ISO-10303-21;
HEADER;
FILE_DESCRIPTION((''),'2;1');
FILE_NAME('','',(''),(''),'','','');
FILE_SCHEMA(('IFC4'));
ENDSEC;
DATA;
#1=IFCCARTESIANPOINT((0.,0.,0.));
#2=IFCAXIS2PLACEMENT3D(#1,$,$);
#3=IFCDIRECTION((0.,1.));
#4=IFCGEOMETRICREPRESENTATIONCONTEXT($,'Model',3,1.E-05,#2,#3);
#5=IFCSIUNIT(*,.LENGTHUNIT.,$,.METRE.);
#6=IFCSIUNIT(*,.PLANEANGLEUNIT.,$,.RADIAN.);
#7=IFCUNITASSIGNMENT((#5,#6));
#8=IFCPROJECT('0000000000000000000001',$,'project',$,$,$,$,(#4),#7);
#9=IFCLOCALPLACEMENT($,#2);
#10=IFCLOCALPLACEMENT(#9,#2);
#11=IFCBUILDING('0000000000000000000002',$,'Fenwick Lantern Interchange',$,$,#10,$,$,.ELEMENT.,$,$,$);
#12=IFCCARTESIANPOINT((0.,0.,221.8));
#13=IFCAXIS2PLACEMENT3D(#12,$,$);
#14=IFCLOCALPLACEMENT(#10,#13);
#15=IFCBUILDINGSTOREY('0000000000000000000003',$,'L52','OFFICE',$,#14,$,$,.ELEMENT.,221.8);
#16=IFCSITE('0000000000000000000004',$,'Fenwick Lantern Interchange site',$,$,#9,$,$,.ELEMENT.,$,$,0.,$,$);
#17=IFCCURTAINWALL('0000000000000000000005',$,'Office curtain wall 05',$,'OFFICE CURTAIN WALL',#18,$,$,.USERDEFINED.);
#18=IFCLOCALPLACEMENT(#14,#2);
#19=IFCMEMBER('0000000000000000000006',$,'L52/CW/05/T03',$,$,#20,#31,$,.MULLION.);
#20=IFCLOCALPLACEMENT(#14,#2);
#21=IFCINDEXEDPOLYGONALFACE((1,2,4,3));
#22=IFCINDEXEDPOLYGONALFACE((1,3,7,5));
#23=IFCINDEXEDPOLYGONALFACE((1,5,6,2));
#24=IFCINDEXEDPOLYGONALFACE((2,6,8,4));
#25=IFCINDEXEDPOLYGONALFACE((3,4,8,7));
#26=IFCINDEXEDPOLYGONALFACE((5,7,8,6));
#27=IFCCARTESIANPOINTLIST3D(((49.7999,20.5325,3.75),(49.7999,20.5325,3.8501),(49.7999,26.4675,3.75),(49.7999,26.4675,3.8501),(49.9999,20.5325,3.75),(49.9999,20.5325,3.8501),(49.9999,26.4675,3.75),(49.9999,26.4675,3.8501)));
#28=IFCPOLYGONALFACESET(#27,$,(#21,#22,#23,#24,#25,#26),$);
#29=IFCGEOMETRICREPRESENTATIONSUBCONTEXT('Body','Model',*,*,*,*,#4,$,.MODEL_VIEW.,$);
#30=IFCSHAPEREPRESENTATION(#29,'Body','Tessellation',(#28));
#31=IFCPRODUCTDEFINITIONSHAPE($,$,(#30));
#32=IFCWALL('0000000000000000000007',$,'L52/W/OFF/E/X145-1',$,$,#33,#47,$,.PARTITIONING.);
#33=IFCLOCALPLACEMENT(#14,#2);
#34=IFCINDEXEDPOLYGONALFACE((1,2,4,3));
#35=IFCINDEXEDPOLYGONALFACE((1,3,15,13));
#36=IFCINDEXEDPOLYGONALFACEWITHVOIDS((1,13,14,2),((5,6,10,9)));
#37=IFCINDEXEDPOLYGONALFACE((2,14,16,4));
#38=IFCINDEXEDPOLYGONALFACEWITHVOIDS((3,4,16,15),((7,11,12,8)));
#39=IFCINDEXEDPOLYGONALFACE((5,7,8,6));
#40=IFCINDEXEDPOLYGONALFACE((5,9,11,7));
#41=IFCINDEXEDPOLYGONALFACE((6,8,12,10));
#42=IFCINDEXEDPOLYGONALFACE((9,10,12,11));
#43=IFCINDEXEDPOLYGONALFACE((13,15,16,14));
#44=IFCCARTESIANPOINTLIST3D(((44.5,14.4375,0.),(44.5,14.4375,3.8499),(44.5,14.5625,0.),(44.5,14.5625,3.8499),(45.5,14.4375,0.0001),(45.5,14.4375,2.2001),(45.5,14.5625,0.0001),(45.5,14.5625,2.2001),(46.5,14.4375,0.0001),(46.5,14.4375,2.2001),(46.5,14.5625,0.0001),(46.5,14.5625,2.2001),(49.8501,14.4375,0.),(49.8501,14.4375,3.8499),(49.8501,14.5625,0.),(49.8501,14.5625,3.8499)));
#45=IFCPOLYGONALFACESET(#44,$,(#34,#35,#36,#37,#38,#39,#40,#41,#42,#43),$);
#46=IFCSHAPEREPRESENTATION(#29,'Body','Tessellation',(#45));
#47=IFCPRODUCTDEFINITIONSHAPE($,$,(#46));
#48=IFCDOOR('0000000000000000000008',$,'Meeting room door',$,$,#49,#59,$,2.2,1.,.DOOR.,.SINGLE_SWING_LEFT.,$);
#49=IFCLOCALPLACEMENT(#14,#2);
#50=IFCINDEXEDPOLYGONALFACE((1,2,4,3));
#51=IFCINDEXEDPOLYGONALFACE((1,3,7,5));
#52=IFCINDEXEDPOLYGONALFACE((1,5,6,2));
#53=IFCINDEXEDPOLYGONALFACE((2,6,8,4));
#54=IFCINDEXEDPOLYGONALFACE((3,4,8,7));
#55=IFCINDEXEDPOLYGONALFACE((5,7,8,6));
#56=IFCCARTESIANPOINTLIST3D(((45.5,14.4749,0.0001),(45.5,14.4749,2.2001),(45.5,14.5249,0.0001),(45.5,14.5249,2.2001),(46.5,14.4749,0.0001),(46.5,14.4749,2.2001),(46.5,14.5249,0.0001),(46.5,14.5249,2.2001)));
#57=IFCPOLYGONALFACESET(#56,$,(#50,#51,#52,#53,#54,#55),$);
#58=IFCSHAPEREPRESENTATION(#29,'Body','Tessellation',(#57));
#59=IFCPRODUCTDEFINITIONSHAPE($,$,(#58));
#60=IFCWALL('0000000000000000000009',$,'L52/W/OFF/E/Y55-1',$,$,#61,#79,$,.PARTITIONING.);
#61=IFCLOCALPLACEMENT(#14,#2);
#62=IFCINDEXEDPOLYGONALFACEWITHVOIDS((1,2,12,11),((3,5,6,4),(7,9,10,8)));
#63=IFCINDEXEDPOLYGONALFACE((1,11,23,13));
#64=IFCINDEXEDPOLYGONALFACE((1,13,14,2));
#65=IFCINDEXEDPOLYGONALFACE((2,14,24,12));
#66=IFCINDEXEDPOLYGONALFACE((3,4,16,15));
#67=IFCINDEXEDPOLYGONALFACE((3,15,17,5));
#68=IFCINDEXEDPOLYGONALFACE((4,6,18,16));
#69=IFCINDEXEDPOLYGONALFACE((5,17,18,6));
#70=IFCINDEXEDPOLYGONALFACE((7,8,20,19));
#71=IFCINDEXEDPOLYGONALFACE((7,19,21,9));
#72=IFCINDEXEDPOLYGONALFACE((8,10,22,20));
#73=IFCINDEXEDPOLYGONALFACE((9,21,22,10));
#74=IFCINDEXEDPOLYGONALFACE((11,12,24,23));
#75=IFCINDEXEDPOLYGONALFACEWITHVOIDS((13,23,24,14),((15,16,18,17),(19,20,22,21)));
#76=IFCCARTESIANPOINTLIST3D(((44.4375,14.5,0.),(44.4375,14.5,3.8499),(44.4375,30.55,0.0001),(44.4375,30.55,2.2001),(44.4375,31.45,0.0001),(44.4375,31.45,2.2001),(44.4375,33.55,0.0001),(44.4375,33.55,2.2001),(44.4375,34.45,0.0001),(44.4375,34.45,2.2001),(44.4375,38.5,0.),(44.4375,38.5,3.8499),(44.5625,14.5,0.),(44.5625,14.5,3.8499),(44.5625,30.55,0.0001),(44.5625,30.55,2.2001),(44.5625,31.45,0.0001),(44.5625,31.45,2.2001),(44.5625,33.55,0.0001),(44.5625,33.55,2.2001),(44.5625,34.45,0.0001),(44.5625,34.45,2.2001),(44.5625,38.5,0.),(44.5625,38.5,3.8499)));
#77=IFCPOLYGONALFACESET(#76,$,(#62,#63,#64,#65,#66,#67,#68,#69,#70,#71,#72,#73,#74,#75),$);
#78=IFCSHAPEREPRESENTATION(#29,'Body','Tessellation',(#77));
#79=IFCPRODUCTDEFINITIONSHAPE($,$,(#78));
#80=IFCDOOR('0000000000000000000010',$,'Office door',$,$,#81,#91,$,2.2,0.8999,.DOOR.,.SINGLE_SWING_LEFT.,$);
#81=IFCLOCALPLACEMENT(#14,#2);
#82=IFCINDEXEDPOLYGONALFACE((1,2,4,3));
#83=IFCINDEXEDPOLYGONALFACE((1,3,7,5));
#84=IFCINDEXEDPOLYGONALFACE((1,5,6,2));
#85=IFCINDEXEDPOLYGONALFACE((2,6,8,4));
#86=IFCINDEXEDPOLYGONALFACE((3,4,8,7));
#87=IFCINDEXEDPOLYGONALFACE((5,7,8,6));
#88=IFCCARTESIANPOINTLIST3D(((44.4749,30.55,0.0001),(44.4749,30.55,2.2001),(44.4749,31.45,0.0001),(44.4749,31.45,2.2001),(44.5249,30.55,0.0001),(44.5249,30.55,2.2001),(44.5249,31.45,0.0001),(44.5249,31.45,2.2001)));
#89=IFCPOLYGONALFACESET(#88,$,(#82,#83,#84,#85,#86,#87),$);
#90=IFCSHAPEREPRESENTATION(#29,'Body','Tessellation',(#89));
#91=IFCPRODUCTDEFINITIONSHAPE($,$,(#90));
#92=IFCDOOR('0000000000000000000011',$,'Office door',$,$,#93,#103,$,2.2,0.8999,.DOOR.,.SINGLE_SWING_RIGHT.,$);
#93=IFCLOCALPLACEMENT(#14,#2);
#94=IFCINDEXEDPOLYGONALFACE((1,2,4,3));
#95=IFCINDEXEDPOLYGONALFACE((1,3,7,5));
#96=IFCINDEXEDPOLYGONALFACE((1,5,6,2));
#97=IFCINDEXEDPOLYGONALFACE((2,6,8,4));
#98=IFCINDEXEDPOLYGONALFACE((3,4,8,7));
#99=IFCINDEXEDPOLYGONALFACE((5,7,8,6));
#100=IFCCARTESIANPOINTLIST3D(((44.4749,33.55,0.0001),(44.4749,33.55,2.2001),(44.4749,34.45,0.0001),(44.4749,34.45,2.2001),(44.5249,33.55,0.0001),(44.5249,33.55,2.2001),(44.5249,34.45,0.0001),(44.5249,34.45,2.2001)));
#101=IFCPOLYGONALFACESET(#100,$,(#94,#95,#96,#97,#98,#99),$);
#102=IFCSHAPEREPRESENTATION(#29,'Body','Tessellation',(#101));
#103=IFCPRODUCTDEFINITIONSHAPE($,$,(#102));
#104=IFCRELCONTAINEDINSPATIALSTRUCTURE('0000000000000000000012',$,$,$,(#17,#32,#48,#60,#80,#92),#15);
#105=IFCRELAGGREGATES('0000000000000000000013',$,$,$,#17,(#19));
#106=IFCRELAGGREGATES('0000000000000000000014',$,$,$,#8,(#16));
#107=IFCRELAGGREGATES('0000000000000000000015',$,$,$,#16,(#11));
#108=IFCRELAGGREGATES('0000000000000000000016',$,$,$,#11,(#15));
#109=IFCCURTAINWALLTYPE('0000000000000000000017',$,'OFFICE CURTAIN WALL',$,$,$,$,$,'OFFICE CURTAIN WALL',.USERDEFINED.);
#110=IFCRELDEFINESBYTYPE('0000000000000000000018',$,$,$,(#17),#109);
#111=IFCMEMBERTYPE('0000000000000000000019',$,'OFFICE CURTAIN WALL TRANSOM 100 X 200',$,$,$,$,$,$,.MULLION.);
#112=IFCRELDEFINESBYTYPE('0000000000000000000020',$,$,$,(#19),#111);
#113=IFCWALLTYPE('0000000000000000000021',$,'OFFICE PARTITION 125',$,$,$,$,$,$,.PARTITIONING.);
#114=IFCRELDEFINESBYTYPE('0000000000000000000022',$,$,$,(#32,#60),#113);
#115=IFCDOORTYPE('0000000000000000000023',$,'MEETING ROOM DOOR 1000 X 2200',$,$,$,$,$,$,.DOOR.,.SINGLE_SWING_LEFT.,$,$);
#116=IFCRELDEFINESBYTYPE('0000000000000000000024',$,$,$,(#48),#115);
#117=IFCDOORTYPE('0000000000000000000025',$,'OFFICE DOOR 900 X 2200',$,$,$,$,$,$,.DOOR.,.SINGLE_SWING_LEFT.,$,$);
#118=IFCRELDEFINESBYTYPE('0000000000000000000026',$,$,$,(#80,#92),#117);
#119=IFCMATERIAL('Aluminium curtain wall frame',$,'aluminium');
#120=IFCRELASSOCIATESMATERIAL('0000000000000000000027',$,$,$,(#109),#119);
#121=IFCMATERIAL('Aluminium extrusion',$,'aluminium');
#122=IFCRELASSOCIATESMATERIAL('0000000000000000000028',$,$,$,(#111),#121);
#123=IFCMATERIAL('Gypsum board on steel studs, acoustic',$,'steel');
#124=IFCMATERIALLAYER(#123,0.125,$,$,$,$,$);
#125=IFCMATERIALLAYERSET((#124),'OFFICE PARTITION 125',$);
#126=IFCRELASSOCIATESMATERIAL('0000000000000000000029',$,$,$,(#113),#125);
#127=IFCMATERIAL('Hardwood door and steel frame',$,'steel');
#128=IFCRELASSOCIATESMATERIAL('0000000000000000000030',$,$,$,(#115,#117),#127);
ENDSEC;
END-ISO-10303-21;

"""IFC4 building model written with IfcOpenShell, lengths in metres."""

from ifc_helpers import new_model, si_unit, direction, frame, frame_2d, origin, origin_2d, place, context, subcontext, project, spatial, rectangle, extrude, material, layer, layer_set, material_profile, profile_set, type_object, element, fill, aggregate, save


model = new_model("IFC4")

# Units and contexts
model_context = context("Model", 3, precision=1e-05, world=origin(), true_north=direction((0.0, 1.0)))
body_context = subcontext(model_context, "Body", "Model", "MODEL_VIEW")
ifc_project = project(units=[si_unit("LENGTHUNIT", "METRE"), si_unit("PLANEANGLEUNIT", "RADIAN")], contexts=[model_context])

# Site, building, storey
site_placement = place(None, origin())
site = spatial("IfcSite", under=ifc_project, at=site_placement, Name="Fenwick Lantern Interchange site", CompositionType="ELEMENT", RefElevation=0.0)
building_placement = place(site_placement, origin())
building = spatial("IfcBuilding", under=site, at=building_placement, Name="Fenwick Lantern Interchange", CompositionType="ELEMENT")
storey_placement = place(building_placement, frame((0.0, 0.0, 221.8)))
storey = spatial("IfcBuildingStorey", under=building, at=storey_placement, Name="L52", Description="OFFICE", CompositionType="ELEMENT", Elevation=221.8)

# Curtain wall, member
ifc_material_1 = material(Name="Aluminium curtain wall frame", Category="aluminium")
curtain_wall_type = type_object("IfcCurtainWallType", Name="OFFICE CURTAIN WALL", ElementType="OFFICE CURTAIN WALL", PredefinedType="USERDEFINED", material=ifc_material_1)
curtain_wall_placement = place(storey_placement, origin())
curtain_wall = element("IfcCurtainWall", 1, at=curtain_wall_placement, inside=storey, type_object=curtain_wall_type, Name="Office curtain wall 05", ObjectType="OFFICE CURTAIN WALL", PredefinedType="USERDEFINED")
ifc_material_2 = material(Name="Aluminium extrusion", Category="aluminium")
ifc_material_profile_1 = material_profile(ifc_material_2, rectangle(XDim=0.2, YDim=0.1001, at=origin_2d()), Name="OFFICE CURTAIN WALL TRANSOM 100 X 200")
ifc_profile_set_1 = profile_set([ifc_material_profile_1], Name="Aluminium extrusion")
member_type_1 = type_object("IfcMemberType", Name="OFFICE CURTAIN WALL TRANSOM 100 X 200", PredefinedType="MULLION", material=ifc_profile_set_1)
member_1_placement = place(storey_placement, frame((49.8999, 20.5325, 3.8), z_axis=(0.0, 1.0, 0.0), x_axis=(-1.0, 0.0, 0.0)))
member_1 = element("IfcMember", 2, at=member_1_placement, type_object=member_type_1, Name="L52/CW/05/T03", PredefinedType="MULLION", context=body_context, shape_type="SweptSolid", body=[
    extrude(rectangle(XDim=0.2, YDim=0.1001, at=origin_2d()), origin(), (0.0, 0.0, 1.0), 5.9351),
])
aggregate(curtain_wall, [member_1])

# Wall, opening, door
ifc_material_3 = material(Name="Gypsum board on steel studs, acoustic", Category="steel")
ifc_layer_1 = layer(ifc_material_3, 0.125)
ifc_layer_set_1 = layer_set([ifc_layer_1], Name="OFFICE PARTITION 125")
wall_type = type_object("IfcWallType", Name="OFFICE PARTITION 125", PredefinedType="PARTITIONING", material=ifc_layer_set_1)
wall_1_placement = place(storey_placement, frame((49.8501, 14.5, 0.0), z_axis=(0.0, 0.0, 1.0), x_axis=(-1.0, 0.0, 0.0)))
wall_1 = element("IfcWall", 3, at=wall_1_placement, inside=storey, type_object=wall_type, Name="L52/W/OFF/E/X145-1", PredefinedType="PARTITIONING", context=body_context, shape_type="SweptSolid", body=[
    extrude(rectangle(XDim=5.3501, YDim=0.125, at=frame_2d((2.675, 0.0))), origin(), (0.0, 0.0, 1.0), 3.8499),
])
opening_1_placement = place(wall_1_placement, frame((3.3501, 0.0, 0.0)))
opening_1 = element("IfcOpeningElement", 4, at=opening_1_placement, cuts=wall_1, PredefinedType="OPENING", context=body_context, shape_type="SweptSolid", body=[
    extrude(rectangle(XDim=1.0, YDim=2.2, at=frame_2d((0.5, 1.1001))), frame((0.0, 0.0725, 0.0), z_axis=(0.0, -1.0, 0.0), x_axis=(1.0, 0.0, 0.0)), (0.0, 0.0, 1.0), 0.145),
])
ifc_material_4 = material(Name="Hardwood door and steel frame", Category="steel")
door_type_1 = type_object("IfcDoorType", Name="MEETING ROOM DOOR 1000 X 2200", OperationType="SINGLE_SWING_LEFT", PredefinedType="DOOR", material=ifc_material_4)
door_1_placement = place(opening_1_placement, frame((1.0, 0.0, 0.0), z_axis=(0.0, 0.0, 1.0), x_axis=(-1.0, 0.0, 0.0)))
door_1 = element("IfcDoor", 5, at=door_1_placement, inside=storey, type_object=door_type_1, Name="Meeting room door", OperationType="SINGLE_SWING_LEFT", OverallHeight=2.2, OverallWidth=1.0, PredefinedType="DOOR", context=body_context, shape_type="SweptSolid", body=[
    extrude(rectangle(XDim=1.0, YDim=2.2, at=frame_2d((0.5, 1.1001))), frame((0.0, 0.0249, 0.0), z_axis=(0.0, -1.0, 0.0), x_axis=(1.0, 0.0, 0.0)), (0.0, 0.0, 1.0), 0.05),
])
fill(opening_1, door_1)

# Wall, openings, doors
wall_2_placement = place(storey_placement, frame((44.5, 14.5, 0.0), z_axis=(0.0, 0.0, 1.0), x_axis=(0.0, 1.0, 0.0)))
wall_2 = element("IfcWall", 6, at=wall_2_placement, inside=storey, type_object=wall_type, Name="L52/W/OFF/E/Y55-1", PredefinedType="PARTITIONING", context=body_context, shape_type="SweptSolid", body=[
    extrude(rectangle(XDim=24.0, YDim=0.125, at=frame_2d((12.0, 0.0))), origin(), (0.0, 0.0, 1.0), 3.8499),
])
opening_2_placement = place(wall_2_placement, frame((16.05, 0.0, 0.0)))
opening_2 = element("IfcOpeningElement", 7, at=opening_2_placement, cuts=wall_2, PredefinedType="OPENING", context=body_context, shape_type="SweptSolid", body=[
    extrude(rectangle(XDim=0.8999, YDim=2.2, at=frame_2d((0.45, 1.1001))), frame((0.0, 0.0725, 0.0), z_axis=(0.0, -1.0, 0.0), x_axis=(1.0, 0.0, 0.0)), (0.0, 0.0, 1.0), 0.145),
])
opening_3_placement = place(wall_2_placement, frame((19.05, 0.0, 0.0)))
opening_3 = element("IfcOpeningElement", 8, at=opening_3_placement, cuts=wall_2, PredefinedType="OPENING", context=body_context, shape_type="SweptSolid", body=[
    extrude(rectangle(XDim=0.8999, YDim=2.2, at=frame_2d((0.45, 1.1001))), frame((0.0, 0.0725, 0.0), z_axis=(0.0, -1.0, 0.0), x_axis=(1.0, 0.0, 0.0)), (0.0, 0.0, 1.0), 0.145),
])
door_type_2 = type_object("IfcDoorType", Name="OFFICE DOOR 900 X 2200", OperationType="SINGLE_SWING_LEFT", PredefinedType="DOOR", material=ifc_material_4)
door_2_placement = place(opening_2_placement, frame((0.8999, 0.0, 0.0), z_axis=(0.0, 0.0, 1.0), x_axis=(-1.0, 0.0, 0.0)))
door_2 = element("IfcDoor", 9, at=door_2_placement, inside=storey, type_object=door_type_2, Name="Office door", OperationType="SINGLE_SWING_LEFT", OverallHeight=2.2, OverallWidth=0.8999, PredefinedType="DOOR", context=body_context, shape_type="SweptSolid", body=[
    extrude(rectangle(XDim=0.8999, YDim=2.2, at=frame_2d((0.45, 1.1001))), frame((0.0, 0.0249, 0.0), z_axis=(0.0, -1.0, 0.0), x_axis=(1.0, 0.0, 0.0)), (0.0, 0.0, 1.0), 0.05),
])
fill(opening_2, door_2)
door_3_placement = place(opening_3_placement, frame((0.8999, 0.0, 0.0), z_axis=(0.0, 0.0, 1.0), x_axis=(-1.0, 0.0, 0.0)))
door_3 = element("IfcDoor", 10, at=door_3_placement, inside=storey, type_object=door_type_2, Name="Office door", OperationType="SINGLE_SWING_RIGHT", OverallHeight=2.2, OverallWidth=0.8999, PredefinedType="DOOR", context=body_context, shape_type="SweptSolid", body=[
    extrude(rectangle(XDim=0.8999, YDim=2.2, at=frame_2d((0.45, 1.1001))), frame((0.0, 0.0249, 0.0), z_axis=(0.0, -1.0, 0.0), x_axis=(1.0, 0.0, 0.0)), (0.0, 0.0, 1.0), 0.05),
])
fill(opening_3, door_3)

save(model, "model.ifc")
